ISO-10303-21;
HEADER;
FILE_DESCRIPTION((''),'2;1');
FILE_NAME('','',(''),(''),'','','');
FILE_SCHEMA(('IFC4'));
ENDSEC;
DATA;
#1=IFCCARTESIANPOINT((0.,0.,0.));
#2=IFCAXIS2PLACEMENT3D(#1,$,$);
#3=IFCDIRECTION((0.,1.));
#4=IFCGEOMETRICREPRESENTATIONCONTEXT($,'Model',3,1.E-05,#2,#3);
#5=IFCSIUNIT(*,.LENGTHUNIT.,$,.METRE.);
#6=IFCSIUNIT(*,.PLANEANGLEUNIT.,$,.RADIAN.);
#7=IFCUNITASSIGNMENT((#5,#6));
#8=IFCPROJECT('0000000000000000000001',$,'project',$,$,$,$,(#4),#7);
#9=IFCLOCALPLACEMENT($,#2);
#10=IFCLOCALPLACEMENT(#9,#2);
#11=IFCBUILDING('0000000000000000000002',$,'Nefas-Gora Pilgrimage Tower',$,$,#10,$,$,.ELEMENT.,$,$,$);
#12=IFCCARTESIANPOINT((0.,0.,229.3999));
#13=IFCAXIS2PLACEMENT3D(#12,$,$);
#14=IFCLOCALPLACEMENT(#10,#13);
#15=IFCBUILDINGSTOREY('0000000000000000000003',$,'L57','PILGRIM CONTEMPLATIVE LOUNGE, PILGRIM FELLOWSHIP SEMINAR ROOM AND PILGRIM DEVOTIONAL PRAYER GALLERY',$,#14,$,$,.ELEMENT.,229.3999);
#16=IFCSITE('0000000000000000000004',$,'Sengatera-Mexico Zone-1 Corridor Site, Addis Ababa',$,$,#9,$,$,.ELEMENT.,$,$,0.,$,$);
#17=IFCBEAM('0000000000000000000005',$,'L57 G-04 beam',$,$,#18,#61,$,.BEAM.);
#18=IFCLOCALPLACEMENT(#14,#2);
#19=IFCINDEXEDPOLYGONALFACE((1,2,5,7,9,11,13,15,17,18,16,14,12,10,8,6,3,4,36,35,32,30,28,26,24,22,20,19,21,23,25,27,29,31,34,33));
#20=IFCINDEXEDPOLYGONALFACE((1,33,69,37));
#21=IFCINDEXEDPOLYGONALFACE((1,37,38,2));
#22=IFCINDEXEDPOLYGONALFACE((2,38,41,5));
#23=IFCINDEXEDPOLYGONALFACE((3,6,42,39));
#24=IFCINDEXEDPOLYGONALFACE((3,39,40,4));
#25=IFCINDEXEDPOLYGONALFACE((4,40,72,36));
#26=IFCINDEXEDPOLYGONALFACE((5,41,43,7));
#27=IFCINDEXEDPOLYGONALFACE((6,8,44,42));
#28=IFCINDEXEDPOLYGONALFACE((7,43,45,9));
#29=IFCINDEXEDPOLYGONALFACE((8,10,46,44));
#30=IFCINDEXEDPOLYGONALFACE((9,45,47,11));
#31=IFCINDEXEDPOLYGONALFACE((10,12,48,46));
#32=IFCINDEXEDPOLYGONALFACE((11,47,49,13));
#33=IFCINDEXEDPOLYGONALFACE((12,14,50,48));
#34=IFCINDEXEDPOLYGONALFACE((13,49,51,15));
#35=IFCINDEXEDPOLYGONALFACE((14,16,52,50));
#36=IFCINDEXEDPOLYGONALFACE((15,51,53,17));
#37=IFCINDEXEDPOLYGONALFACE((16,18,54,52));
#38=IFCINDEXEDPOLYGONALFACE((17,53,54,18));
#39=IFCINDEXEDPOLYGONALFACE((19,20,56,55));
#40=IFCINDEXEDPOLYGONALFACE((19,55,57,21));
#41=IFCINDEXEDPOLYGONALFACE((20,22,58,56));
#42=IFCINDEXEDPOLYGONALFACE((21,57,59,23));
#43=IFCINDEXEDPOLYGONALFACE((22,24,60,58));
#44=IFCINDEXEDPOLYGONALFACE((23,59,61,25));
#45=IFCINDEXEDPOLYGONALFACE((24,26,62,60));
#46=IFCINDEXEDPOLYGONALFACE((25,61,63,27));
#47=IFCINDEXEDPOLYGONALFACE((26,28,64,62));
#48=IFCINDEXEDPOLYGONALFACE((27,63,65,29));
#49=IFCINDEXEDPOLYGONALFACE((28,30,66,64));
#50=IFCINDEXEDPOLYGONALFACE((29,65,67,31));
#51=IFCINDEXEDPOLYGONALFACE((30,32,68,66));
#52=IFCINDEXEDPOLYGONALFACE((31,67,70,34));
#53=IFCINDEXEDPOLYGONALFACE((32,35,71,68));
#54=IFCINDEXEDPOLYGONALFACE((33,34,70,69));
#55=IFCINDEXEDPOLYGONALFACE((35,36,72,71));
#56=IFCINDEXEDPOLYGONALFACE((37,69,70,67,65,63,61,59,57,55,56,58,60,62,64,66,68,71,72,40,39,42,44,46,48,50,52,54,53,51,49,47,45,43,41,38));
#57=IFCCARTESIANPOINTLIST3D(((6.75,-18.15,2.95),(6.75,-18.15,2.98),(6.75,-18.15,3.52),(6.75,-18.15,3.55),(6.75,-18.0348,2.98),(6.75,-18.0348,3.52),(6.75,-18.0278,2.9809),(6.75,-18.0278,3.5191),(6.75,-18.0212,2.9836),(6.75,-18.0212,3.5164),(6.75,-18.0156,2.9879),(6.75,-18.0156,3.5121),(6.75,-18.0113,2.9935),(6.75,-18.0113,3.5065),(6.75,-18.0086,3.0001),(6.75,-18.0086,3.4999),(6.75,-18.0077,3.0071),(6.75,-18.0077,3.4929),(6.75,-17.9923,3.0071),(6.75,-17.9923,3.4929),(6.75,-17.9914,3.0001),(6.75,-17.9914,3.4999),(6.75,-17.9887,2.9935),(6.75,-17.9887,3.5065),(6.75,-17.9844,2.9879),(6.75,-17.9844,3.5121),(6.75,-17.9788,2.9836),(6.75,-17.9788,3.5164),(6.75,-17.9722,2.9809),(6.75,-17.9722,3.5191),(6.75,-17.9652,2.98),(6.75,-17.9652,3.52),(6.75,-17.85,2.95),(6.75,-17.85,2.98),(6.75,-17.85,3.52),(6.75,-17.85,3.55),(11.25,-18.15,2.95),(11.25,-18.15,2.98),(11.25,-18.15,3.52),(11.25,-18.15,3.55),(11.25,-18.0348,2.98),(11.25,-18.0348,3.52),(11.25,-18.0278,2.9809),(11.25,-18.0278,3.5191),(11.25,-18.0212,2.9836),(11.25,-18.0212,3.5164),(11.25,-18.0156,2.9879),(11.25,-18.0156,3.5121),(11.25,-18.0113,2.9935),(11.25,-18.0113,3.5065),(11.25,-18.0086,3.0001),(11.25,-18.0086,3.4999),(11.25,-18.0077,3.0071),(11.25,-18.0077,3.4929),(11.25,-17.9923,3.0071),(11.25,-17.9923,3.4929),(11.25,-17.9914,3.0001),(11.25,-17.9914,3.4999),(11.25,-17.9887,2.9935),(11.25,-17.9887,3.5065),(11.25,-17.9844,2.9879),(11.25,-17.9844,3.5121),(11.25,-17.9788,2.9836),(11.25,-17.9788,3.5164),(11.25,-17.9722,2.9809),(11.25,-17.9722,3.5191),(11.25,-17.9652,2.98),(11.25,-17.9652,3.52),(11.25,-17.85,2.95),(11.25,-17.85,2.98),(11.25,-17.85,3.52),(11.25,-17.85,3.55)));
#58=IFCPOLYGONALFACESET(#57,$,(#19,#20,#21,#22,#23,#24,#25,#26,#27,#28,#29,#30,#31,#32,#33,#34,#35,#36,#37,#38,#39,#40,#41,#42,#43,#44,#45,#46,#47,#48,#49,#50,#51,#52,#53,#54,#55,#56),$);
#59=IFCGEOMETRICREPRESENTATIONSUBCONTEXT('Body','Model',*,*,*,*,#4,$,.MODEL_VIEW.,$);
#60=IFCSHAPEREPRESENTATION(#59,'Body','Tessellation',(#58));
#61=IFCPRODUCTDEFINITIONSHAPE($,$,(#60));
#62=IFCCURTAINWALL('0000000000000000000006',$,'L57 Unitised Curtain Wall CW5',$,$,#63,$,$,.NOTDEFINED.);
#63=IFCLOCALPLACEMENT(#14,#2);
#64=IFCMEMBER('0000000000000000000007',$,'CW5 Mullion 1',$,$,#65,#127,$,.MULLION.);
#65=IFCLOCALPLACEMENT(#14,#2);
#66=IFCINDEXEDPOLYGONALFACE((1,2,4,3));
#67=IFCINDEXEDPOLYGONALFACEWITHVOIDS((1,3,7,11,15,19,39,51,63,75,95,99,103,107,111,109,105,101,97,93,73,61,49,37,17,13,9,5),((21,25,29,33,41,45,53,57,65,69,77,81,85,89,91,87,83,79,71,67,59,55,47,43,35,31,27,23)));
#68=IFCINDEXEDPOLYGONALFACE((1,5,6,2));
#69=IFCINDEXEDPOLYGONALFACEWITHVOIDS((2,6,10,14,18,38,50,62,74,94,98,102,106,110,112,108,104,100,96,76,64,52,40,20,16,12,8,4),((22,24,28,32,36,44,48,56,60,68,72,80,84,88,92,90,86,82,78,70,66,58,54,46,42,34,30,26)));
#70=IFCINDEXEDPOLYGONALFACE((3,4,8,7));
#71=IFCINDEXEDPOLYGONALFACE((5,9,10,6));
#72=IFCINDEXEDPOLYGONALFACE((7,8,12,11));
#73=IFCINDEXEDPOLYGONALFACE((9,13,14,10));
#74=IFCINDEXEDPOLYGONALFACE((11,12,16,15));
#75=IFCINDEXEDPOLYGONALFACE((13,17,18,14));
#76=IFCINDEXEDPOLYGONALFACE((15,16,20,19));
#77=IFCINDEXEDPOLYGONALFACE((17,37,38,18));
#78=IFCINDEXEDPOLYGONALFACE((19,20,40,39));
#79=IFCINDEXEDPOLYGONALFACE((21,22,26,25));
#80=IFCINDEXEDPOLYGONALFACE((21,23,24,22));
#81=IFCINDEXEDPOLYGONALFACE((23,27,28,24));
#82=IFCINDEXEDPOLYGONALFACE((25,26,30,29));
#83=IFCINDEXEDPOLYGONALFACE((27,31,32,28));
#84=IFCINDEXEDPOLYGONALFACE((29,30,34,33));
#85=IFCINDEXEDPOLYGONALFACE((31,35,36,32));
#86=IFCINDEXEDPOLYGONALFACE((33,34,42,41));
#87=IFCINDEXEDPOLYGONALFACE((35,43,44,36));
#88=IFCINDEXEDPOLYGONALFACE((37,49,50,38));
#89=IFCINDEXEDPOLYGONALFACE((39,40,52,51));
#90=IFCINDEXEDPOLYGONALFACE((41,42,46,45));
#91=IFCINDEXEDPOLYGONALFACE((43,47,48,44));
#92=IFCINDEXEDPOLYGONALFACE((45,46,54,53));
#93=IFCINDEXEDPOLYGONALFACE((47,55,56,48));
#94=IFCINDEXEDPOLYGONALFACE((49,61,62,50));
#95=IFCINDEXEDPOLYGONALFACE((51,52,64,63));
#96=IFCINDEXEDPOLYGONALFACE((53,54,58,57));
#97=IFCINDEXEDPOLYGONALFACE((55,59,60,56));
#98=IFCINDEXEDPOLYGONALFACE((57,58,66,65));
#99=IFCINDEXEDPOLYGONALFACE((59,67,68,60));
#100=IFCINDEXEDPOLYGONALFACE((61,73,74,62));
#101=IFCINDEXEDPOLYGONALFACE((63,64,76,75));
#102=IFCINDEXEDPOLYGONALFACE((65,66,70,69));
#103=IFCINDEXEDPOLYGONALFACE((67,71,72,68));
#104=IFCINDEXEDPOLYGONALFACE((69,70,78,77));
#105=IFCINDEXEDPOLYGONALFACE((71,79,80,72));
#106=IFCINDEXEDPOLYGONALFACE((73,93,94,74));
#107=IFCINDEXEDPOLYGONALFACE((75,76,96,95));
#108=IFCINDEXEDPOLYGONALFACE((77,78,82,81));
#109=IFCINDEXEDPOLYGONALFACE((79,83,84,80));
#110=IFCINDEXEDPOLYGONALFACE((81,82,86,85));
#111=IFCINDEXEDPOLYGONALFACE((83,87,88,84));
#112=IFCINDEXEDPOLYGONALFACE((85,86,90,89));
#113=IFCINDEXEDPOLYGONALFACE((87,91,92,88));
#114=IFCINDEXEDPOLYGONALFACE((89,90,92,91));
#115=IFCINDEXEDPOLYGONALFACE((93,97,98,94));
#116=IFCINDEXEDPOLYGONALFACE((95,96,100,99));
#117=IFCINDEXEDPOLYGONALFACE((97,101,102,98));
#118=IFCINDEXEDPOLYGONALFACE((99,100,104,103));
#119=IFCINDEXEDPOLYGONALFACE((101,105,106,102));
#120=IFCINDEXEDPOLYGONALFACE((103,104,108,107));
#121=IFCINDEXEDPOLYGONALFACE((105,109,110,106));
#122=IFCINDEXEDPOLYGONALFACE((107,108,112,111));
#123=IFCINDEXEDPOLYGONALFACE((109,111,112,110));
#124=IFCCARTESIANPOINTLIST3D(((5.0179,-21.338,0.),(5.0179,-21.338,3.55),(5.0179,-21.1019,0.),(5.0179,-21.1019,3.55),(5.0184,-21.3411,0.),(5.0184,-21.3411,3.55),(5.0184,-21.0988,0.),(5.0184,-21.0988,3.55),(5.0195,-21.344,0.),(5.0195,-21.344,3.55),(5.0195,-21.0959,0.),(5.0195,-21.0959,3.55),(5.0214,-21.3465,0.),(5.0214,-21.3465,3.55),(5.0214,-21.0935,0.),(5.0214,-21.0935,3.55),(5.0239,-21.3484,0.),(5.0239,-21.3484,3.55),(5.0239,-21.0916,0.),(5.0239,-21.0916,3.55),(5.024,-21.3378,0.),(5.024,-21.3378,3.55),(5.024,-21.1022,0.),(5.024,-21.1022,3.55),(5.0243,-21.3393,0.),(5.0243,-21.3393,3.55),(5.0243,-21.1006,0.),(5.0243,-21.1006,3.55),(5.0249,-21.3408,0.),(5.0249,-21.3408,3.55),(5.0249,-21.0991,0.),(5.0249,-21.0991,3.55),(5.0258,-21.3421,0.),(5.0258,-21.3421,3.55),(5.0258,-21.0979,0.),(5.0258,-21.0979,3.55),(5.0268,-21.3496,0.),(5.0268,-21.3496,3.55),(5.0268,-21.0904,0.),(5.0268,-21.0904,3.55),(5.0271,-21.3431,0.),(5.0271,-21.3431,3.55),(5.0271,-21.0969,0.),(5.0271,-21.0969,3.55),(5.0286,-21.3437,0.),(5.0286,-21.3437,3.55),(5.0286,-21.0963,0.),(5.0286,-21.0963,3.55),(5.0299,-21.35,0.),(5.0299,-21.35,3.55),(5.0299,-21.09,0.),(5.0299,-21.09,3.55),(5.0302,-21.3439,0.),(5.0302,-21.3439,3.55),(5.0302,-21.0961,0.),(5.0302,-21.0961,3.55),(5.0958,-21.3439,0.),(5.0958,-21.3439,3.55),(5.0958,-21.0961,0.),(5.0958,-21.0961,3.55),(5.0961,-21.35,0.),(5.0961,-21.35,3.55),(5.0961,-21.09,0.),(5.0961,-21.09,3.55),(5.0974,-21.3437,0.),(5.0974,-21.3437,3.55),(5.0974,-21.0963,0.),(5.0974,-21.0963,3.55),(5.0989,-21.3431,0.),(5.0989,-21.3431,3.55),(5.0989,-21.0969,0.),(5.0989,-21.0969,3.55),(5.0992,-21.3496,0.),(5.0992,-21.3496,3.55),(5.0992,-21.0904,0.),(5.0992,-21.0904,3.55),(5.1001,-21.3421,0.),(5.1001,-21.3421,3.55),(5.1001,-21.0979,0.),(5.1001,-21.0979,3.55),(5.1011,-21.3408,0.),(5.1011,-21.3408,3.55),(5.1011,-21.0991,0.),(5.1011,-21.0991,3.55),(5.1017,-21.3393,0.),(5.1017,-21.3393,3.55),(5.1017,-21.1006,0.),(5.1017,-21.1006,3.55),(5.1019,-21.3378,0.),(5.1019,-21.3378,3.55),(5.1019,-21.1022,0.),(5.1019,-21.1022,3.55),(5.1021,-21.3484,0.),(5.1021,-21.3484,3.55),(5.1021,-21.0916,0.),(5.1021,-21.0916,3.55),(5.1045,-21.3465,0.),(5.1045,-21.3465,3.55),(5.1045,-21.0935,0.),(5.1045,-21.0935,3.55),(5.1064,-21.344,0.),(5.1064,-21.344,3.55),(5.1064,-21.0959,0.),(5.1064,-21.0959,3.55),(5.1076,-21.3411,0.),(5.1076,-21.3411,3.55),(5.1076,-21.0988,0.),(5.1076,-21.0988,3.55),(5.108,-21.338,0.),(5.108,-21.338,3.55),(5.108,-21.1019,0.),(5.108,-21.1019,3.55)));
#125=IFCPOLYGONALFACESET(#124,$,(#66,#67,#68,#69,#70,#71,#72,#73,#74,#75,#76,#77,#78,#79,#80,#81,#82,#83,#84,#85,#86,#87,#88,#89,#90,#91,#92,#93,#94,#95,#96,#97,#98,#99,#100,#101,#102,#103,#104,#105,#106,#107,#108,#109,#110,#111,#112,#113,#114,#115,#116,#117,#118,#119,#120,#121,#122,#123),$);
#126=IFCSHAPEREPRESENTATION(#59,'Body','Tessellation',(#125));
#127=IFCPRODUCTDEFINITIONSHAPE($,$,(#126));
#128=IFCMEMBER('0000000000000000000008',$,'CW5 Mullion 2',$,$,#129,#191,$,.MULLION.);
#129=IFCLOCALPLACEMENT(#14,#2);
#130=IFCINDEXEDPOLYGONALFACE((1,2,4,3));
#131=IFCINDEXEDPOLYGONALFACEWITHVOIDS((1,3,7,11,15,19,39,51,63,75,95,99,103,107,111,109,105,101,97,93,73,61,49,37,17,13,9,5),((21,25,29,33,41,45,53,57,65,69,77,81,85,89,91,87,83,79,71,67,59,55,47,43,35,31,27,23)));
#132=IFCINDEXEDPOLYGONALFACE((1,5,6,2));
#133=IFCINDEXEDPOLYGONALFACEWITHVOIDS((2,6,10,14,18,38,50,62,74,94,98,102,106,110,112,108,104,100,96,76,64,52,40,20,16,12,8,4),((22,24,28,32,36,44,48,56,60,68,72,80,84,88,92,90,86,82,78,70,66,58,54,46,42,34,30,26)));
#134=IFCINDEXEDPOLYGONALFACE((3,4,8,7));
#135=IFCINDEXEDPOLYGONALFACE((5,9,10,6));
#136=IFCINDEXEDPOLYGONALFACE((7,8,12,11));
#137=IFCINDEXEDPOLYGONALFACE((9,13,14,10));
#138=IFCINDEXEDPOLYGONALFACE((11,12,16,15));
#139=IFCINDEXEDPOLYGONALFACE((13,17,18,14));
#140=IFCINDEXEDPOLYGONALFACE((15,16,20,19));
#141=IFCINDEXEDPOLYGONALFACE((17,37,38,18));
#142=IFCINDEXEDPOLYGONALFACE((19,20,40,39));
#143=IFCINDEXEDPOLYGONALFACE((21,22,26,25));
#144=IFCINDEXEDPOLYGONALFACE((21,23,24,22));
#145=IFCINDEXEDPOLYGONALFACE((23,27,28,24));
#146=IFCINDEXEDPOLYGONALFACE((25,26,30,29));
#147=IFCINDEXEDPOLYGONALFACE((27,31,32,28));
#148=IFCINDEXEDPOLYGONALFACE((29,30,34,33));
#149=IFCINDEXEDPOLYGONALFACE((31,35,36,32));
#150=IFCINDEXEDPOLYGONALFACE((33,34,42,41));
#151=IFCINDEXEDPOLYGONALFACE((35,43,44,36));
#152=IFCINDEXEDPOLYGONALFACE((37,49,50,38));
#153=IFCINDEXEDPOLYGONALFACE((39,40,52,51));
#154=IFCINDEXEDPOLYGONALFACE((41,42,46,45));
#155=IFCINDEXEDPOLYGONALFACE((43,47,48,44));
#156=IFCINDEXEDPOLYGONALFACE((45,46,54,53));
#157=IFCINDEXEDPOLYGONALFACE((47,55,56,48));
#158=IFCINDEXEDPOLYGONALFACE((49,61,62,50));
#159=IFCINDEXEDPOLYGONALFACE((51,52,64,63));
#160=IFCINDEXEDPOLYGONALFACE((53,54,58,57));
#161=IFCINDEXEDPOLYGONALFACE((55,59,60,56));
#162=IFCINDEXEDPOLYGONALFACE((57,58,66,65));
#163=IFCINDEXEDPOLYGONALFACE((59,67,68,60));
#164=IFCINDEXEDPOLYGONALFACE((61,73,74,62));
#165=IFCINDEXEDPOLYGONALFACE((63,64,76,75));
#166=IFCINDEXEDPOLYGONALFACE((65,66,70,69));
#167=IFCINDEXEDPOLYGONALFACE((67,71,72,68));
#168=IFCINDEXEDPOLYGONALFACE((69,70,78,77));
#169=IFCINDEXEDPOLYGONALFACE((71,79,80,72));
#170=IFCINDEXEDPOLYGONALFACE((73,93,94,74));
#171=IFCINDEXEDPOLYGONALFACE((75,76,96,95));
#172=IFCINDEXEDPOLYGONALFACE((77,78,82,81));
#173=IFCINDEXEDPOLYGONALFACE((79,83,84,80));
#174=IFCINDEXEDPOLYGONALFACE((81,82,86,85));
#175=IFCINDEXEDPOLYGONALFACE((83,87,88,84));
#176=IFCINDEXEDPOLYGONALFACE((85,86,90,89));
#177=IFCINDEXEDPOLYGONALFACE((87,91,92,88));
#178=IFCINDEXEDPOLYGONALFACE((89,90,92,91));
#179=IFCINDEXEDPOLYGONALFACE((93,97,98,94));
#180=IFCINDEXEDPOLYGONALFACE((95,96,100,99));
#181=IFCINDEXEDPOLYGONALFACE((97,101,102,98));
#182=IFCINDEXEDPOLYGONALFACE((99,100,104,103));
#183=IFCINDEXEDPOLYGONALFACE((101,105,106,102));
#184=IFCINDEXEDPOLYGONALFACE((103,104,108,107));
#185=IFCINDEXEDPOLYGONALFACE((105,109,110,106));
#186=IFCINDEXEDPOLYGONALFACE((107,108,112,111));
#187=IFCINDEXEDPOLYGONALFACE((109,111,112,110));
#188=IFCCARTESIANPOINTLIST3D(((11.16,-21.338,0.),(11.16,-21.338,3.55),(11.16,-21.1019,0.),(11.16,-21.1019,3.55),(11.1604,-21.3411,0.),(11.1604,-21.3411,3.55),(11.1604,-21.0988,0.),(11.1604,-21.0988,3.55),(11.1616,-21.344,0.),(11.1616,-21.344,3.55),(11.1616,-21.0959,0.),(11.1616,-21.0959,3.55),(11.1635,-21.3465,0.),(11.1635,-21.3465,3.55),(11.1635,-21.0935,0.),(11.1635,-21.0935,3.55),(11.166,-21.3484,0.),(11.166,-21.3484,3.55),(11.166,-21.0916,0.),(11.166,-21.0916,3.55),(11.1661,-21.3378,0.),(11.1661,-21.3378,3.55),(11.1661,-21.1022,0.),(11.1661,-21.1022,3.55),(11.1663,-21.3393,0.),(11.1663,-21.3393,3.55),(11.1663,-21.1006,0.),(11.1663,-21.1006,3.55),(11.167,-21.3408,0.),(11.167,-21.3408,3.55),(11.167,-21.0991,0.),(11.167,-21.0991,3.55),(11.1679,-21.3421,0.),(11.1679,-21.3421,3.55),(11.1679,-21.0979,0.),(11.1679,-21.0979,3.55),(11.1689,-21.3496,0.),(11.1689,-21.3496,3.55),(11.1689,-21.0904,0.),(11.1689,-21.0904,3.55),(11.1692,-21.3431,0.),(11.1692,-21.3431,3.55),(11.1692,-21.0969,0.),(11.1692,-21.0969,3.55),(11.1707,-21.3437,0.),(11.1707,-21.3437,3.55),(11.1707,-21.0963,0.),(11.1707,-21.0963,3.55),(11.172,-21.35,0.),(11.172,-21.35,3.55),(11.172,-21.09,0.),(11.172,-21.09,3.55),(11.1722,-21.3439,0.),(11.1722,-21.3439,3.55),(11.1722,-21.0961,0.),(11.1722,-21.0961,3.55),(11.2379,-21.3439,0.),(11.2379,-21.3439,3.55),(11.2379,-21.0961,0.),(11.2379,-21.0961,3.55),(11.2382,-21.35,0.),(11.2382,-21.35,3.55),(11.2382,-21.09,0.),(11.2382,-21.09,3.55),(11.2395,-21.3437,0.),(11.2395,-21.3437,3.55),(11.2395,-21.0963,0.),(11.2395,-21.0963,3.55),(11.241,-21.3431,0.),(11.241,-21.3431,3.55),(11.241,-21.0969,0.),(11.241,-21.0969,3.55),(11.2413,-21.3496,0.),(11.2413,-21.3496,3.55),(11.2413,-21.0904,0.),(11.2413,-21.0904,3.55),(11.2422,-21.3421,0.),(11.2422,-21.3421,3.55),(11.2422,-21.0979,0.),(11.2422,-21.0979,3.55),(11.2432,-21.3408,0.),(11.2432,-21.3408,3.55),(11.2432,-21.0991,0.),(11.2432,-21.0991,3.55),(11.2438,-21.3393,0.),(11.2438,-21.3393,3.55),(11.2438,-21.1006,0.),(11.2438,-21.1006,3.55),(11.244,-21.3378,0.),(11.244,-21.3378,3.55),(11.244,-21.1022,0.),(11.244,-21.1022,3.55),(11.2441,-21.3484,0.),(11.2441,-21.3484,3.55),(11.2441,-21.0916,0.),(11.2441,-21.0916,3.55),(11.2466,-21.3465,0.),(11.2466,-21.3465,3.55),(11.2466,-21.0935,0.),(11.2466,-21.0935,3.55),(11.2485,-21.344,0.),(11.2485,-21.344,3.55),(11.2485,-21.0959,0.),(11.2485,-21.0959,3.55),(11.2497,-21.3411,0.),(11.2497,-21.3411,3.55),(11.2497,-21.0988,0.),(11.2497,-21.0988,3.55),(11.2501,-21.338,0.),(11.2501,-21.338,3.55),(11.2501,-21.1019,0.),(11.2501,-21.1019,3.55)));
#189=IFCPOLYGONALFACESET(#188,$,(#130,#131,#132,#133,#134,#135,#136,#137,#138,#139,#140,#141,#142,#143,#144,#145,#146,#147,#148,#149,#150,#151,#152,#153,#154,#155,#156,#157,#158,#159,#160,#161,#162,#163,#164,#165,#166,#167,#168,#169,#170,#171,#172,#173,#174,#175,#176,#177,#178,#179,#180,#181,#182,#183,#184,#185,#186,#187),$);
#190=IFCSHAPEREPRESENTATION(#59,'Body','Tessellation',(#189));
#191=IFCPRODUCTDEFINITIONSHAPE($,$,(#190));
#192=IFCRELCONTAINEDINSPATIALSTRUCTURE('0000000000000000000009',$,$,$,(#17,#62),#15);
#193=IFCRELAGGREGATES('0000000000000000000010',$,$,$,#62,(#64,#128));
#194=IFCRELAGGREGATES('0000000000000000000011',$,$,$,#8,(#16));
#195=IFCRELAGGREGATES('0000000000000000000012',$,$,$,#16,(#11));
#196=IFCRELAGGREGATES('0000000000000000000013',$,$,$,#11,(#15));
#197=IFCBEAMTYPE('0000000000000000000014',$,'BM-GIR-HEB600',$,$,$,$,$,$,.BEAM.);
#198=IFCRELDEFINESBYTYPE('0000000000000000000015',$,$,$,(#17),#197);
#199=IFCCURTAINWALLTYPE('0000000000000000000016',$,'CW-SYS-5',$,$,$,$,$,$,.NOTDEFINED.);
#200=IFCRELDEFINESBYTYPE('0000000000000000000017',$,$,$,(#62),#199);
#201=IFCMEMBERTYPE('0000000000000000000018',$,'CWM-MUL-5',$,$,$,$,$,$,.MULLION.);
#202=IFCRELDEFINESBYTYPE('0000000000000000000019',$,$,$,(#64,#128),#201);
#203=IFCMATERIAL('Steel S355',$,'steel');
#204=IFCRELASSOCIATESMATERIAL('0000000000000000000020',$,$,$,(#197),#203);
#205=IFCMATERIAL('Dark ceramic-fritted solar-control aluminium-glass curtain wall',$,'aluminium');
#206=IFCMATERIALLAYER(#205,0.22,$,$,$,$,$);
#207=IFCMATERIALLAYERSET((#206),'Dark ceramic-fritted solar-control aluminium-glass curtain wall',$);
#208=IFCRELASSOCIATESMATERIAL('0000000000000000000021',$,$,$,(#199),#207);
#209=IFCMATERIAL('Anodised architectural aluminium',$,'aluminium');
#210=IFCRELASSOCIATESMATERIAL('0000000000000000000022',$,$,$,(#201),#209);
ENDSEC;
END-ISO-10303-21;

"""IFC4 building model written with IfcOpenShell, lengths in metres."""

from ifc_helpers import new_model, si_unit, direction, frame, origin, origin_2d, place, context, subcontext, project, spatial, hollow_rectangle, i_section, extrude, source, transform, mapped, material, layer, layer_set, material_profile, profile_set, type_object, element, aggregate, save


model = new_model("IFC4")

# Units and contexts
model_context = context("Model", 3, precision=1e-05, world=origin(), true_north=direction((0.0, 1.0)))
body_context = subcontext(model_context, "Body", "Model", "MODEL_VIEW")
ifc_project = project(units=[si_unit("LENGTHUNIT", "METRE"), si_unit("PLANEANGLEUNIT", "RADIAN")], contexts=[model_context])

# Site, building, storey
site_placement = place(None, origin())
site = spatial("IfcSite", under=ifc_project, at=site_placement, Name="Sengatera-Mexico Zone-1 Corridor Site, Addis Ababa", CompositionType="ELEMENT", RefElevation=0.0)
building_placement = place(site_placement, origin())
building = spatial("IfcBuilding", under=site, at=building_placement, Name="Nefas-Gora Pilgrimage Tower", CompositionType="ELEMENT")
storey_placement = place(building_placement, frame((0.0, 0.0, 229.3999)))
storey = spatial("IfcBuildingStorey", under=building, at=storey_placement, Name="L57", Description="PILGRIM CONTEMPLATIVE LOUNGE, PILGRIM FELLOWSHIP SEMINAR ROOM AND PILGRIM DEVOTIONAL PRAYER GALLERY", CompositionType="ELEMENT", Elevation=229.3999)

# Beam
ifc_material_1 = material(Name="Steel S355", Category="steel")
ifc_material_profile_1 = material_profile(ifc_material_1, i_section(OverallWidth=0.3, OverallDepth=0.6001, WebThickness=0.0154, FlangeThickness=0.03, FilletRadius=0.0271, at=origin_2d()), Name="HEB 600")
ifc_profile_set_1 = profile_set([ifc_material_profile_1], Name="Steel S355")
beam_type = type_object("IfcBeamType", Name="BM-GIR-HEB600", PredefinedType="BEAM", material=ifc_profile_set_1)
shared_shape_1 = source(origin(), body_context, "Body", "SweptSolid", [
    extrude(i_section(OverallWidth=0.3, OverallDepth=0.6001, WebThickness=0.0154, FlangeThickness=0.03, FilletRadius=0.0271, at=origin_2d()), origin(), (0.0, 0.0, 1.0), 4.5),
])
for number, where, z_axis, x_axis, name in (
    (1, (6.75, -18.0, 3.25), (1.0, 0.0, 0.0), (0.0, 1.0, 0.0), "L57 G-04 beam"),
):
    element("IfcBeam", number, at=place(storey_placement, frame(where, z_axis=z_axis, x_axis=x_axis)), inside=storey, type_object=beam_type, Name=name, PredefinedType="BEAM", context=body_context, shape_type="MappedRepresentation", body=[
        mapped(shared_shape_1, transform((0.0, 0.0, 0.0), x_axis=(1.0, 0.0, 0.0), y_axis=(0.0, 1.0, 0.0), z_axis=(0.0, 0.0, 1.0), scale=1.0)),
    ])

# Curtain wall, members
ifc_material_2 = material(Name="Dark ceramic-fritted solar-control aluminium-glass curtain wall", Category="aluminium")
ifc_layer_1 = layer(ifc_material_2, 0.22)
ifc_layer_set_1 = layer_set([ifc_layer_1], Name="Dark ceramic-fritted solar-control aluminium-glass curtain wall")
curtain_wall_type = type_object("IfcCurtainWallType", Name="CW-SYS-5", PredefinedType="NOTDEFINED", material=ifc_layer_set_1)
curtain_wall_1_placement = place(storey_placement, origin())
curtain_wall_1 = element("IfcCurtainWall", 2, at=curtain_wall_1_placement, inside=storey, type_object=curtain_wall_type, Name="L57 Unitised Curtain Wall CW5", PredefinedType="NOTDEFINED")
ifc_material_3 = material(Name="Anodised architectural aluminium", Category="aluminium")
ifc_material_profile_2 = material_profile(ifc_material_3, hollow_rectangle(XDim=0.0901, YDim=0.26, WallThickness=0.0061, InnerFilletRadius=0.0061, OuterFilletRadius=0.012, at=origin_2d()), Name="ALU MULLION 90x260")
ifc_profile_set_2 = profile_set([ifc_material_profile_2], Name="Anodised architectural aluminium")
member_type_1 = type_object("IfcMemberType", Name="CWM-MUL-5", PredefinedType="MULLION", material=ifc_profile_set_2)
shared_shape_2 = source(origin(), body_context, "Body", "SweptSolid", [
    extrude(hollow_rectangle(XDim=0.0901, YDim=0.26, WallThickness=0.0061, InnerFilletRadius=0.0061, OuterFilletRadius=0.012, at=origin_2d()), origin(), (0.0, 0.0, 1.0), 3.55),
])
member_1_placement = place(storey_placement, frame((5.063, -21.22, 0.0), z_axis=(0.0, 0.0, 1.0), x_axis=(1.0, 0.0, 0.0)))
member_1 = element("IfcMember", 3, at=member_1_placement, type_object=member_type_1, Name="CW5 Mullion 1", PredefinedType="MULLION", context=body_context, shape_type="MappedRepresentation", body=[
    mapped(shared_shape_2, transform((0.0, 0.0, 0.0), x_axis=(1.0, 0.0, 0.0), y_axis=(0.0, 1.0, 0.0), z_axis=(0.0, 0.0, 1.0), scale=1.0)),
])
member_2_placement = place(storey_placement, frame((11.2051, -21.22, 0.0), z_axis=(0.0, 0.0, 1.0), x_axis=(1.0, 0.0, 0.0)))
member_2 = element("IfcMember", 4, at=member_2_placement, type_object=member_type_1, Name="CW5 Mullion 2", PredefinedType="MULLION", context=body_context, shape_type="MappedRepresentation", body=[
    mapped(shared_shape_2, transform((0.0, 0.0, 0.0), x_axis=(1.0, 0.0, 0.0), y_axis=(0.0, 1.0, 0.0), z_axis=(0.0, 0.0, 1.0), scale=1.0)),
])

aggregate(curtain_wall_1, [member_1, member_2])

save(model, "model.ifc")
